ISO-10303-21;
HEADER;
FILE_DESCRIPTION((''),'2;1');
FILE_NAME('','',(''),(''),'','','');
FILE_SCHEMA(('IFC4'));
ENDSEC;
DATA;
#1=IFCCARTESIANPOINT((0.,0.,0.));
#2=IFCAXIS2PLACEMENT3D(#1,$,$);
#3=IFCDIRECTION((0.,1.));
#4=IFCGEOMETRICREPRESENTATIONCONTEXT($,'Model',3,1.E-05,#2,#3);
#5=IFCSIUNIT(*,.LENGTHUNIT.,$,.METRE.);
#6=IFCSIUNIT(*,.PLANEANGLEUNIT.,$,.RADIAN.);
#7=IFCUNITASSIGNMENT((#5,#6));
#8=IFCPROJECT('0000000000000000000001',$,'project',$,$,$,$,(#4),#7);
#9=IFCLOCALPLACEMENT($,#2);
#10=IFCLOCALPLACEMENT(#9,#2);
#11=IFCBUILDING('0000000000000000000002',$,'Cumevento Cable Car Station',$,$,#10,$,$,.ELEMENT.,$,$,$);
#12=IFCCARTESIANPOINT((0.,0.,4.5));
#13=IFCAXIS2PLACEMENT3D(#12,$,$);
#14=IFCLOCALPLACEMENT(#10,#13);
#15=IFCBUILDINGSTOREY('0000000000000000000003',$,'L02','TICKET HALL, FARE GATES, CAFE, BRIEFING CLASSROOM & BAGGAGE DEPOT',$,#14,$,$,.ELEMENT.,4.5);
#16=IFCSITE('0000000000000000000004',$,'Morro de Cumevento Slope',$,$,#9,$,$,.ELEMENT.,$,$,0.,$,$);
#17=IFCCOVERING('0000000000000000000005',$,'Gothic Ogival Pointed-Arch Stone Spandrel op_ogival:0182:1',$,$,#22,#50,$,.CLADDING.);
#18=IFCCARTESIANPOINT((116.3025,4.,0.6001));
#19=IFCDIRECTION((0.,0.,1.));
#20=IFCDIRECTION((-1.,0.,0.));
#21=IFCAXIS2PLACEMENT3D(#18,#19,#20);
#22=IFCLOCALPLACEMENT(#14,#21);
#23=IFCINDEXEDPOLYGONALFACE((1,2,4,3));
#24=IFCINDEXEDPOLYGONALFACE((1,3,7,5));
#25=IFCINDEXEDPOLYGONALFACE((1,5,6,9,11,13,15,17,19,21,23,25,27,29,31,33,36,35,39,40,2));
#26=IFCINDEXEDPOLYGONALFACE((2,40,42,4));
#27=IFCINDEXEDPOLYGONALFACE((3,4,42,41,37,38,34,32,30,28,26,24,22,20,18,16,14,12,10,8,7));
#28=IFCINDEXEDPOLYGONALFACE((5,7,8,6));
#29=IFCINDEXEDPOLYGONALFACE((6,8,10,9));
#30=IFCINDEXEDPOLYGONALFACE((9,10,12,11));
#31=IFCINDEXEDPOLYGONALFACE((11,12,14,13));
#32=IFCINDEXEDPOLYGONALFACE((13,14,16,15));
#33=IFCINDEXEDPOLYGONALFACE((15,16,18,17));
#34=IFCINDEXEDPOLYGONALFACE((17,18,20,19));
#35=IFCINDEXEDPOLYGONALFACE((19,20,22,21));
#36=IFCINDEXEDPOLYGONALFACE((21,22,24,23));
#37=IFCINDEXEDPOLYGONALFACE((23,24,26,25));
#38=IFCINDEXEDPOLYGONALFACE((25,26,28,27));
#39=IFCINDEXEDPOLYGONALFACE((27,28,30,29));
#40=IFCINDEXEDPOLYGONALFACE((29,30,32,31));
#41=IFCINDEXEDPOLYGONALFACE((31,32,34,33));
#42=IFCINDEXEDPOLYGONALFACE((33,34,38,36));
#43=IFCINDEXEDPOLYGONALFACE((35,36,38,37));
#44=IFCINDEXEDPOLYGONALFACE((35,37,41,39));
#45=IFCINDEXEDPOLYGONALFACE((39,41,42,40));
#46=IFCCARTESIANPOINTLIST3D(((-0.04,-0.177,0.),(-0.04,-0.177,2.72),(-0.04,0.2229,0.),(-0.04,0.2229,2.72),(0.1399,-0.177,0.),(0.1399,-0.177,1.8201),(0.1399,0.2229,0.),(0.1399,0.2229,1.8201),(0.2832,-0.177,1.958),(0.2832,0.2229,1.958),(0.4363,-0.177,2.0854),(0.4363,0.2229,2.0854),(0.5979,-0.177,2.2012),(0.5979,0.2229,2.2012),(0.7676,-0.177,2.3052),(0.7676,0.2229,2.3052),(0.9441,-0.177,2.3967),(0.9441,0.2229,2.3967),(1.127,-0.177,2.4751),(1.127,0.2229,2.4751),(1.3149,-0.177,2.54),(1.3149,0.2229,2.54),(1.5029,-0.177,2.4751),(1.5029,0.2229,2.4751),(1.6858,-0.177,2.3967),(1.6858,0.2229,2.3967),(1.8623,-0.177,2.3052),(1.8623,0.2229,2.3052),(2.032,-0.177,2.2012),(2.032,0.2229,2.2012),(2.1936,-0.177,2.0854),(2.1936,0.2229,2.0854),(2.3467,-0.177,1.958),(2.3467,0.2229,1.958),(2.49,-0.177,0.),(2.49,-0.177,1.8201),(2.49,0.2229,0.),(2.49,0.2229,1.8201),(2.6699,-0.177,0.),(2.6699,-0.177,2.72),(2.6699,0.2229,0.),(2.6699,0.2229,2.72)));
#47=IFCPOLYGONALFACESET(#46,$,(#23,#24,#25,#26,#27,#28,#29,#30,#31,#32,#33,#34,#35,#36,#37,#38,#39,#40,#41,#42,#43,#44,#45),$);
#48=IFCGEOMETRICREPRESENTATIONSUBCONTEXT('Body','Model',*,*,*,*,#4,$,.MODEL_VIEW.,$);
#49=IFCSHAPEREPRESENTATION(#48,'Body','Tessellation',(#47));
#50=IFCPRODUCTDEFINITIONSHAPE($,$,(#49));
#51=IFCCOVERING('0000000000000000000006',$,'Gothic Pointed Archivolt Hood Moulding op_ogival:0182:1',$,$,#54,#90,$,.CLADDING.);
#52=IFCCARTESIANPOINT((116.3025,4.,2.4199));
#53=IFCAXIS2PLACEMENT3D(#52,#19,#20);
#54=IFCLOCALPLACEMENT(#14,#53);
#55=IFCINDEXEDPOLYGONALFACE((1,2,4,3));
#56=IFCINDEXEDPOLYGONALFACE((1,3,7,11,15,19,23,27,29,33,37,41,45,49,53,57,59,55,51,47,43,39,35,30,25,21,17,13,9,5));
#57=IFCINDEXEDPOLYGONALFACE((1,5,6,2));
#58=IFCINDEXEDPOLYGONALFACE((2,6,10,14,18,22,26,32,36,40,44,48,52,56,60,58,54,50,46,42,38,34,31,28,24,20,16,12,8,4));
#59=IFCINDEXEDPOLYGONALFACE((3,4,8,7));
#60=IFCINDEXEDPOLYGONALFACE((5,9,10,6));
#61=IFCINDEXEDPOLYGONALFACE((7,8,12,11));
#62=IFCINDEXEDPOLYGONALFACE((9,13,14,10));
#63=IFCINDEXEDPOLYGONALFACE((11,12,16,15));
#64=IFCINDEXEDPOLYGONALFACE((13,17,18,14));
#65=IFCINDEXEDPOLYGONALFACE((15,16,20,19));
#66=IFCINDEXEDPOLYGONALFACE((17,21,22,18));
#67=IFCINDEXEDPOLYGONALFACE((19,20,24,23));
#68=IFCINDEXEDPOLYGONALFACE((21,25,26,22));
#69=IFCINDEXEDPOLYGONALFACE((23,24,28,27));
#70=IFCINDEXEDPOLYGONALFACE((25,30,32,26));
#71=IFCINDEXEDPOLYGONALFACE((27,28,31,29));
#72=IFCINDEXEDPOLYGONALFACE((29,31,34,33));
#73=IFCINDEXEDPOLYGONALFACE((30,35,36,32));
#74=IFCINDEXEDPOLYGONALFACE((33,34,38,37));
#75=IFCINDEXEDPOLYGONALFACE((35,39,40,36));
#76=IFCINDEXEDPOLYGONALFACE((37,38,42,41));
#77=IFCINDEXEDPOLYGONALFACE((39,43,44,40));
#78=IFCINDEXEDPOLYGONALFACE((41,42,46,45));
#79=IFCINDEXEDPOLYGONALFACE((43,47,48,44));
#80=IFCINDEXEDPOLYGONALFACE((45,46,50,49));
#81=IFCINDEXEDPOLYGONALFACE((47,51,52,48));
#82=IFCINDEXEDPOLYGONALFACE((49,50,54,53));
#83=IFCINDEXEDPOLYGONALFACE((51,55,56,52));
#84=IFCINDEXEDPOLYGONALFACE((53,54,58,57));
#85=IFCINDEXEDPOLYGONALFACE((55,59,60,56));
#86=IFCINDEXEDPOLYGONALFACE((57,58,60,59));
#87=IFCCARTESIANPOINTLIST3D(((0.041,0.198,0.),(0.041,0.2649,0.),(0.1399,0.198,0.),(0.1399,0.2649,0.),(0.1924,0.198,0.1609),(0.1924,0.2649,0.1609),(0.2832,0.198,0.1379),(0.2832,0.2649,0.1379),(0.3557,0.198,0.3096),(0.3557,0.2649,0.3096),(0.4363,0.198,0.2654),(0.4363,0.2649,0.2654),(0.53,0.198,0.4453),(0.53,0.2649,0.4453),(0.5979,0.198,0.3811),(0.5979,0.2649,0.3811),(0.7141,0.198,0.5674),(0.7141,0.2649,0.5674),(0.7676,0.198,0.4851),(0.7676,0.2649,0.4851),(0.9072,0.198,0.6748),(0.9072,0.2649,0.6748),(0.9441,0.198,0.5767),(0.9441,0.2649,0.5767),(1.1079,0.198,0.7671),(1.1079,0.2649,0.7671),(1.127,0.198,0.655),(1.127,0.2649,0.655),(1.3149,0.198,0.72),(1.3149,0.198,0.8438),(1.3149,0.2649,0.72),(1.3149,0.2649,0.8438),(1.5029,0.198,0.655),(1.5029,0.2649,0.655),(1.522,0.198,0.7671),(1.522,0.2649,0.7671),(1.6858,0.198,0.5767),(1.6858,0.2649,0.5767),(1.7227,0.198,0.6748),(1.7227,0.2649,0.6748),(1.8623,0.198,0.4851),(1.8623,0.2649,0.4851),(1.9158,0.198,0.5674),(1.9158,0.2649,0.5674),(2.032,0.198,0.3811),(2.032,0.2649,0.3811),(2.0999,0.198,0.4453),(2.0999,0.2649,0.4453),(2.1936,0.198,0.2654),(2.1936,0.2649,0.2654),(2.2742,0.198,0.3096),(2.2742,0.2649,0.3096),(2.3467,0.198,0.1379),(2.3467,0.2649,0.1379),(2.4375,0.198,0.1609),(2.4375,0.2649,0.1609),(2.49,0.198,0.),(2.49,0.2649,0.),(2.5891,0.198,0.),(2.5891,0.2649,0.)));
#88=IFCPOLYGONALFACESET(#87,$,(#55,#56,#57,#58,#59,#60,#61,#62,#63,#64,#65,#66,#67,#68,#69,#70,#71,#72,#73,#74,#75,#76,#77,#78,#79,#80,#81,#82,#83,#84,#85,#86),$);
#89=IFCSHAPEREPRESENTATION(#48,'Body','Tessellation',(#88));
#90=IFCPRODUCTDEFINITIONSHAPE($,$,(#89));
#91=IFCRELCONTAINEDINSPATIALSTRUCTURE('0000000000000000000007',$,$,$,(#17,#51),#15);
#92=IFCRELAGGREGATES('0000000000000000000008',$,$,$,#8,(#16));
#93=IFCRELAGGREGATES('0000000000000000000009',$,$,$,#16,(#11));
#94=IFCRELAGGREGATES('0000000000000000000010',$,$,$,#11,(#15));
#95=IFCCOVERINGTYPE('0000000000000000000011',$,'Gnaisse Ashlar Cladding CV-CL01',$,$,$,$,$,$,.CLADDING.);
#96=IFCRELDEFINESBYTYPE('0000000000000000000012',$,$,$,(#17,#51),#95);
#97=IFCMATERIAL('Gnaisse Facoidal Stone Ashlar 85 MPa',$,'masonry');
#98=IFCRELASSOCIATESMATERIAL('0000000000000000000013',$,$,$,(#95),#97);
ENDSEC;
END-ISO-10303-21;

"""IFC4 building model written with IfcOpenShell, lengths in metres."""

from ifc_helpers import new_model, si_unit, direction, frame, origin, place, context, subcontext, project, spatial, polyline, outline, extrude, material, type_object, element, save


model = new_model("IFC4")

# Units and contexts
model_context = context("Model", 3, precision=1e-05, world=origin(), true_north=direction((0.0, 1.0)))
body_context = subcontext(model_context, "Body", "Model", "MODEL_VIEW")
ifc_project = project(units=[si_unit("LENGTHUNIT", "METRE"), si_unit("PLANEANGLEUNIT", "RADIAN")], contexts=[model_context])

# Site, building, storey
site_placement = place(None, origin())
site = spatial("IfcSite", under=ifc_project, at=site_placement, Name="Morro de Cumevento Slope", CompositionType="ELEMENT", RefElevation=0.0)
building_placement = place(site_placement, origin())
building = spatial("IfcBuilding", under=site, at=building_placement, Name="Cumevento Cable Car Station", CompositionType="ELEMENT")
storey_placement = place(building_placement, frame((0.0, 0.0, 4.5)))
storey = spatial("IfcBuildingStorey", under=building, at=storey_placement, Name="L02", Description="TICKET HALL, FARE GATES, CAFE, BRIEFING CLASSROOM & BAGGAGE DEPOT", CompositionType="ELEMENT", Elevation=4.5)

# Coverings
ifc_material_1 = material(Name="Gnaisse Facoidal Stone Ashlar 85 MPa", Category="masonry")
covering_type = type_object("IfcCoveringType", Name="Gnaisse Ashlar Cladding CV-CL01", PredefinedType="CLADDING", material=ifc_material_1)
covering_1_placement = place(storey_placement, frame((116.3025, 4.0, 0.6001), z_axis=(0.0, 0.0, 1.0), x_axis=(-1.0, 0.0, 0.0)))
element("IfcCovering", 1, at=covering_1_placement, inside=storey, type_object=covering_type, Name="Gothic Ogival Pointed-Arch Stone Spandrel op_ogival:0182:1", PredefinedType="CLADDING", context=body_context, shape_type="SweptSolid", body=[
    extrude(outline(polyline([(-0.04, 0.0), (-0.04, 2.72), (2.6699, 2.72), (2.6699, 0.0), (2.49, 0.0), (2.49, 1.8201), (2.3467, 1.958), (2.1936, 2.0854), (2.032, 2.2012), (1.8623, 2.3052), (1.6858, 2.3967), (1.5029, 2.4751), (1.3149, 2.54), (1.127, 2.4751), (0.9441, 2.3967), (0.7676, 2.3052), (0.5979, 2.2012), (0.4363, 2.0854), (0.2832, 1.958), (0.1399, 1.8201), (0.1399, 0.0), (-0.04, 0.0)])), frame((0.0, 0.2229, 0.0), z_axis=(0.0, -1.0, 0.0), x_axis=(1.0, 0.0, 0.0)), (0.0, 0.0, 1.0), 0.3999),
])
covering_2_placement = place(storey_placement, frame((116.3025, 4.0, 2.4199), z_axis=(0.0, 0.0, 1.0), x_axis=(-1.0, 0.0, 0.0)))
element("IfcCovering", 2, at=covering_2_placement, inside=storey, type_object=covering_type, Name="Gothic Pointed Archivolt Hood Moulding op_ogival:0182:1", PredefinedType="CLADDING", context=body_context, shape_type="SweptSolid", body=[
    extrude(outline(polyline([(0.1399, 0.0), (0.2832, 0.1379), (0.4363, 0.2654), (0.5979, 0.3811), (0.7676, 0.4851), (0.9441, 0.5767), (1.127, 0.655), (1.3149, 0.72), (1.5029, 0.655), (1.6858, 0.5767), (1.8623, 0.4851), (2.032, 0.3811), (2.1936, 0.2654), (2.3467, 0.1379), (2.49, 0.0), (2.5891, 0.0), (2.4375, 0.1609), (2.2742, 0.3096), (2.0999, 0.4453), (1.9158, 0.5674), (1.7227, 0.6748), (1.522, 0.7671), (1.3149, 0.8438), (1.1079, 0.7671), (0.9072, 0.6748), (0.7141, 0.5674), (0.53, 0.4453), (0.3557, 0.3096), (0.1924, 0.1609), (0.041, 0.0), (0.1399, 0.0)])), frame((0.0, 0.2649, 0.0), z_axis=(0.0, -1.0, 0.0), x_axis=(1.0, 0.0, 0.0)), (0.0, 0.0, 1.0), 0.0669),
])

save(model, "model.ifc")
